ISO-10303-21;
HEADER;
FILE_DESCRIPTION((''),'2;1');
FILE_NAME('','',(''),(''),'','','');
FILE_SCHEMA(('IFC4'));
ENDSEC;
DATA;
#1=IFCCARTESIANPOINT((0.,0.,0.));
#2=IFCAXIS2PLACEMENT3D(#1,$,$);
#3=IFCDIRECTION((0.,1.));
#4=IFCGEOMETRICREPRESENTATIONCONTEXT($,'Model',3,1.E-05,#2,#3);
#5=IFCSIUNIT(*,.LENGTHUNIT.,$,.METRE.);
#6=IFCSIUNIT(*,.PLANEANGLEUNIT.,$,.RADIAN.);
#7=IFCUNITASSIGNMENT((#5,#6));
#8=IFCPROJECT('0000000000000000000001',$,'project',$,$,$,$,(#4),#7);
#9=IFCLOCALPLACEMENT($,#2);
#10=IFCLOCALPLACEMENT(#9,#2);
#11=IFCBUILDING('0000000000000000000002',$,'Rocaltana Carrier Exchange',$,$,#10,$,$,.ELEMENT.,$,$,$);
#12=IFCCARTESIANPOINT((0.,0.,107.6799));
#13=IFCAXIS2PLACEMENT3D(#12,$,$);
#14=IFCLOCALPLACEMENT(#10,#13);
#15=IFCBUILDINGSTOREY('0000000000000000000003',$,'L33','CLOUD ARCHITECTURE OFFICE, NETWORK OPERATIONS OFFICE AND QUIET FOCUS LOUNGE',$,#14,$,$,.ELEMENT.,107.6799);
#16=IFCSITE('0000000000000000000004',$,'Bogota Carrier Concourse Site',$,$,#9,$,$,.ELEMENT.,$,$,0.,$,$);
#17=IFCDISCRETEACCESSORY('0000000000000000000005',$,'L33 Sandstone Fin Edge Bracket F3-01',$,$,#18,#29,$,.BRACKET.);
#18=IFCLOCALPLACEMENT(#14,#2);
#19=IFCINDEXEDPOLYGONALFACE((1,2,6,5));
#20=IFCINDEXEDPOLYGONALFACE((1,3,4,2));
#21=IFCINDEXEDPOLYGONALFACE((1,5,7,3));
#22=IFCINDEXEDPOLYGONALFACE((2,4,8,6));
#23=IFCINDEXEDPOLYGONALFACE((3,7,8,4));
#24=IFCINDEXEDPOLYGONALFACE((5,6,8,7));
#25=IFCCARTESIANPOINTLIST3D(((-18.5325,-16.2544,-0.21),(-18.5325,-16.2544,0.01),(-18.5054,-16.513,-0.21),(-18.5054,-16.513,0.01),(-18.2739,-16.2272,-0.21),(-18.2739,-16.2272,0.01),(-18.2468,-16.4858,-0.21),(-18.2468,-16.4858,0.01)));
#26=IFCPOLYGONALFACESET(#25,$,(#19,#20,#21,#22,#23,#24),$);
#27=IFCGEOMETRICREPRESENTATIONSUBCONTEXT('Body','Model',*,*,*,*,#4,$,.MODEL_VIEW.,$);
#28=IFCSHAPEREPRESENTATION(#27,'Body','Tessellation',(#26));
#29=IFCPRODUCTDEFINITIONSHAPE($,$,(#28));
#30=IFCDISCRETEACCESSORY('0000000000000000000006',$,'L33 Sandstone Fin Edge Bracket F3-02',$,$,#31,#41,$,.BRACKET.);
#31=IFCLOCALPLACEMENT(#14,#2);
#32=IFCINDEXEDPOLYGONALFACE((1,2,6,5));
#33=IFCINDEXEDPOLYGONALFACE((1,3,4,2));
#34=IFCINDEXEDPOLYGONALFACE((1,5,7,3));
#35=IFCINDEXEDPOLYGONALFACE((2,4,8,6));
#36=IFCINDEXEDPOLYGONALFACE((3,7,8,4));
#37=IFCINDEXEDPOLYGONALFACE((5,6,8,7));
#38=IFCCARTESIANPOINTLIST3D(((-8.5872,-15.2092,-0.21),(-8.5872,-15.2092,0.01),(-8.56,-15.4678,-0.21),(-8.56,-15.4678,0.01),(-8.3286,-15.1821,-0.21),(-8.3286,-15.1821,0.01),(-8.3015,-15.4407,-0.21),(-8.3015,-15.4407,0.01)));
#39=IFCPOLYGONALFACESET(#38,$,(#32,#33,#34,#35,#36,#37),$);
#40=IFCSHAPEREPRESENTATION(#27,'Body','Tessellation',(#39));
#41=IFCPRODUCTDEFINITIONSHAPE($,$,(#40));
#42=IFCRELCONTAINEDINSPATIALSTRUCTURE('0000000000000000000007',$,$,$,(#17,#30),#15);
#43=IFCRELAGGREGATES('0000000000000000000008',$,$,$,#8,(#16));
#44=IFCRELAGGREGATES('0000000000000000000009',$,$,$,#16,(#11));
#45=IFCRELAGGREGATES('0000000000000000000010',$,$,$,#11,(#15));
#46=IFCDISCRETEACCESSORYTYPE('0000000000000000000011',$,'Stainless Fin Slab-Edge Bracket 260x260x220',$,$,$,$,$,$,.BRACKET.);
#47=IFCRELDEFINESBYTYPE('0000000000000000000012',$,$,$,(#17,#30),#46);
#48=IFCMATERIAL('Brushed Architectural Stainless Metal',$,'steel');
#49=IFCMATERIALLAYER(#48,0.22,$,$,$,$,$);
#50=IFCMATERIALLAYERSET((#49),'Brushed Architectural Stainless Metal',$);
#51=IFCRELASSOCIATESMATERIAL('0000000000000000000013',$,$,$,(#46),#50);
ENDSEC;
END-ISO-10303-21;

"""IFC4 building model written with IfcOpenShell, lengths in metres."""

from ifc_helpers import new_model, si_unit, direction, frame, origin, origin_2d, place, context, subcontext, project, spatial, rectangle, extrude, material, layer, layer_set, type_object, element, save


model = new_model("IFC4")

# Units and contexts
model_context = context("Model", 3, precision=1e-05, world=origin(), true_north=direction((0.0, 1.0)))
body_context = subcontext(model_context, "Body", "Model", "MODEL_VIEW")
ifc_project = project(units=[si_unit("LENGTHUNIT", "METRE"), si_unit("PLANEANGLEUNIT", "RADIAN")], contexts=[model_context])

# Site, building, storey
site_placement = place(None, origin())
site = spatial("IfcSite", under=ifc_project, at=site_placement, Name="Bogota Carrier Concourse Site", CompositionType="ELEMENT", RefElevation=0.0)
building_placement = place(site_placement, origin())
building = spatial("IfcBuilding", under=site, at=building_placement, Name="Rocaltana Carrier Exchange", CompositionType="ELEMENT")
storey_placement = place(building_placement, frame((0.0, 0.0, 107.6799)))
storey = spatial("IfcBuildingStorey", under=building, at=storey_placement, Name="L33", Description="CLOUD ARCHITECTURE OFFICE, NETWORK OPERATIONS OFFICE AND QUIET FOCUS LOUNGE", CompositionType="ELEMENT", Elevation=107.6799)

# Discrete accessories
ifc_material_1 = material(Name="Brushed Architectural Stainless Metal", Category="steel")
ifc_layer_1 = layer(ifc_material_1, 0.22)
ifc_layer_set_1 = layer_set([ifc_layer_1], Name="Brushed Architectural Stainless Metal")
discrete_accessory_type = type_object("IfcDiscreteAccessoryType", Name="Stainless Fin Slab-Edge Bracket 260x260x220", PredefinedType="BRACKET", material=ifc_layer_set_1)
for number, where, z_axis, x_axis, name in (
    (1, (-18.3896, -16.3701, -0.21), (0.0, 0.0, 1.0), (0.994522, 0.104528, 0.0), "L33 Sandstone Fin Edge Bracket F3-01"),
    (2, (-8.4443, -15.325, -0.21), (0.0, 0.0, 1.0), (0.994522, 0.104528, 0.0), "L33 Sandstone Fin Edge Bracket F3-02"),
):
    element("IfcDiscreteAccessory", number, at=place(storey_placement, frame(where, z_axis=z_axis, x_axis=x_axis)), inside=storey, type_object=discrete_accessory_type, Name=name, PredefinedType="BRACKET", context=body_context, shape_type="SweptSolid", body=[
        extrude(rectangle(XDim=0.26, YDim=0.26, at=origin_2d()), origin(), (0.0, 0.0, 1.0), 0.22),
    ])

save(model, "model.ifc")
